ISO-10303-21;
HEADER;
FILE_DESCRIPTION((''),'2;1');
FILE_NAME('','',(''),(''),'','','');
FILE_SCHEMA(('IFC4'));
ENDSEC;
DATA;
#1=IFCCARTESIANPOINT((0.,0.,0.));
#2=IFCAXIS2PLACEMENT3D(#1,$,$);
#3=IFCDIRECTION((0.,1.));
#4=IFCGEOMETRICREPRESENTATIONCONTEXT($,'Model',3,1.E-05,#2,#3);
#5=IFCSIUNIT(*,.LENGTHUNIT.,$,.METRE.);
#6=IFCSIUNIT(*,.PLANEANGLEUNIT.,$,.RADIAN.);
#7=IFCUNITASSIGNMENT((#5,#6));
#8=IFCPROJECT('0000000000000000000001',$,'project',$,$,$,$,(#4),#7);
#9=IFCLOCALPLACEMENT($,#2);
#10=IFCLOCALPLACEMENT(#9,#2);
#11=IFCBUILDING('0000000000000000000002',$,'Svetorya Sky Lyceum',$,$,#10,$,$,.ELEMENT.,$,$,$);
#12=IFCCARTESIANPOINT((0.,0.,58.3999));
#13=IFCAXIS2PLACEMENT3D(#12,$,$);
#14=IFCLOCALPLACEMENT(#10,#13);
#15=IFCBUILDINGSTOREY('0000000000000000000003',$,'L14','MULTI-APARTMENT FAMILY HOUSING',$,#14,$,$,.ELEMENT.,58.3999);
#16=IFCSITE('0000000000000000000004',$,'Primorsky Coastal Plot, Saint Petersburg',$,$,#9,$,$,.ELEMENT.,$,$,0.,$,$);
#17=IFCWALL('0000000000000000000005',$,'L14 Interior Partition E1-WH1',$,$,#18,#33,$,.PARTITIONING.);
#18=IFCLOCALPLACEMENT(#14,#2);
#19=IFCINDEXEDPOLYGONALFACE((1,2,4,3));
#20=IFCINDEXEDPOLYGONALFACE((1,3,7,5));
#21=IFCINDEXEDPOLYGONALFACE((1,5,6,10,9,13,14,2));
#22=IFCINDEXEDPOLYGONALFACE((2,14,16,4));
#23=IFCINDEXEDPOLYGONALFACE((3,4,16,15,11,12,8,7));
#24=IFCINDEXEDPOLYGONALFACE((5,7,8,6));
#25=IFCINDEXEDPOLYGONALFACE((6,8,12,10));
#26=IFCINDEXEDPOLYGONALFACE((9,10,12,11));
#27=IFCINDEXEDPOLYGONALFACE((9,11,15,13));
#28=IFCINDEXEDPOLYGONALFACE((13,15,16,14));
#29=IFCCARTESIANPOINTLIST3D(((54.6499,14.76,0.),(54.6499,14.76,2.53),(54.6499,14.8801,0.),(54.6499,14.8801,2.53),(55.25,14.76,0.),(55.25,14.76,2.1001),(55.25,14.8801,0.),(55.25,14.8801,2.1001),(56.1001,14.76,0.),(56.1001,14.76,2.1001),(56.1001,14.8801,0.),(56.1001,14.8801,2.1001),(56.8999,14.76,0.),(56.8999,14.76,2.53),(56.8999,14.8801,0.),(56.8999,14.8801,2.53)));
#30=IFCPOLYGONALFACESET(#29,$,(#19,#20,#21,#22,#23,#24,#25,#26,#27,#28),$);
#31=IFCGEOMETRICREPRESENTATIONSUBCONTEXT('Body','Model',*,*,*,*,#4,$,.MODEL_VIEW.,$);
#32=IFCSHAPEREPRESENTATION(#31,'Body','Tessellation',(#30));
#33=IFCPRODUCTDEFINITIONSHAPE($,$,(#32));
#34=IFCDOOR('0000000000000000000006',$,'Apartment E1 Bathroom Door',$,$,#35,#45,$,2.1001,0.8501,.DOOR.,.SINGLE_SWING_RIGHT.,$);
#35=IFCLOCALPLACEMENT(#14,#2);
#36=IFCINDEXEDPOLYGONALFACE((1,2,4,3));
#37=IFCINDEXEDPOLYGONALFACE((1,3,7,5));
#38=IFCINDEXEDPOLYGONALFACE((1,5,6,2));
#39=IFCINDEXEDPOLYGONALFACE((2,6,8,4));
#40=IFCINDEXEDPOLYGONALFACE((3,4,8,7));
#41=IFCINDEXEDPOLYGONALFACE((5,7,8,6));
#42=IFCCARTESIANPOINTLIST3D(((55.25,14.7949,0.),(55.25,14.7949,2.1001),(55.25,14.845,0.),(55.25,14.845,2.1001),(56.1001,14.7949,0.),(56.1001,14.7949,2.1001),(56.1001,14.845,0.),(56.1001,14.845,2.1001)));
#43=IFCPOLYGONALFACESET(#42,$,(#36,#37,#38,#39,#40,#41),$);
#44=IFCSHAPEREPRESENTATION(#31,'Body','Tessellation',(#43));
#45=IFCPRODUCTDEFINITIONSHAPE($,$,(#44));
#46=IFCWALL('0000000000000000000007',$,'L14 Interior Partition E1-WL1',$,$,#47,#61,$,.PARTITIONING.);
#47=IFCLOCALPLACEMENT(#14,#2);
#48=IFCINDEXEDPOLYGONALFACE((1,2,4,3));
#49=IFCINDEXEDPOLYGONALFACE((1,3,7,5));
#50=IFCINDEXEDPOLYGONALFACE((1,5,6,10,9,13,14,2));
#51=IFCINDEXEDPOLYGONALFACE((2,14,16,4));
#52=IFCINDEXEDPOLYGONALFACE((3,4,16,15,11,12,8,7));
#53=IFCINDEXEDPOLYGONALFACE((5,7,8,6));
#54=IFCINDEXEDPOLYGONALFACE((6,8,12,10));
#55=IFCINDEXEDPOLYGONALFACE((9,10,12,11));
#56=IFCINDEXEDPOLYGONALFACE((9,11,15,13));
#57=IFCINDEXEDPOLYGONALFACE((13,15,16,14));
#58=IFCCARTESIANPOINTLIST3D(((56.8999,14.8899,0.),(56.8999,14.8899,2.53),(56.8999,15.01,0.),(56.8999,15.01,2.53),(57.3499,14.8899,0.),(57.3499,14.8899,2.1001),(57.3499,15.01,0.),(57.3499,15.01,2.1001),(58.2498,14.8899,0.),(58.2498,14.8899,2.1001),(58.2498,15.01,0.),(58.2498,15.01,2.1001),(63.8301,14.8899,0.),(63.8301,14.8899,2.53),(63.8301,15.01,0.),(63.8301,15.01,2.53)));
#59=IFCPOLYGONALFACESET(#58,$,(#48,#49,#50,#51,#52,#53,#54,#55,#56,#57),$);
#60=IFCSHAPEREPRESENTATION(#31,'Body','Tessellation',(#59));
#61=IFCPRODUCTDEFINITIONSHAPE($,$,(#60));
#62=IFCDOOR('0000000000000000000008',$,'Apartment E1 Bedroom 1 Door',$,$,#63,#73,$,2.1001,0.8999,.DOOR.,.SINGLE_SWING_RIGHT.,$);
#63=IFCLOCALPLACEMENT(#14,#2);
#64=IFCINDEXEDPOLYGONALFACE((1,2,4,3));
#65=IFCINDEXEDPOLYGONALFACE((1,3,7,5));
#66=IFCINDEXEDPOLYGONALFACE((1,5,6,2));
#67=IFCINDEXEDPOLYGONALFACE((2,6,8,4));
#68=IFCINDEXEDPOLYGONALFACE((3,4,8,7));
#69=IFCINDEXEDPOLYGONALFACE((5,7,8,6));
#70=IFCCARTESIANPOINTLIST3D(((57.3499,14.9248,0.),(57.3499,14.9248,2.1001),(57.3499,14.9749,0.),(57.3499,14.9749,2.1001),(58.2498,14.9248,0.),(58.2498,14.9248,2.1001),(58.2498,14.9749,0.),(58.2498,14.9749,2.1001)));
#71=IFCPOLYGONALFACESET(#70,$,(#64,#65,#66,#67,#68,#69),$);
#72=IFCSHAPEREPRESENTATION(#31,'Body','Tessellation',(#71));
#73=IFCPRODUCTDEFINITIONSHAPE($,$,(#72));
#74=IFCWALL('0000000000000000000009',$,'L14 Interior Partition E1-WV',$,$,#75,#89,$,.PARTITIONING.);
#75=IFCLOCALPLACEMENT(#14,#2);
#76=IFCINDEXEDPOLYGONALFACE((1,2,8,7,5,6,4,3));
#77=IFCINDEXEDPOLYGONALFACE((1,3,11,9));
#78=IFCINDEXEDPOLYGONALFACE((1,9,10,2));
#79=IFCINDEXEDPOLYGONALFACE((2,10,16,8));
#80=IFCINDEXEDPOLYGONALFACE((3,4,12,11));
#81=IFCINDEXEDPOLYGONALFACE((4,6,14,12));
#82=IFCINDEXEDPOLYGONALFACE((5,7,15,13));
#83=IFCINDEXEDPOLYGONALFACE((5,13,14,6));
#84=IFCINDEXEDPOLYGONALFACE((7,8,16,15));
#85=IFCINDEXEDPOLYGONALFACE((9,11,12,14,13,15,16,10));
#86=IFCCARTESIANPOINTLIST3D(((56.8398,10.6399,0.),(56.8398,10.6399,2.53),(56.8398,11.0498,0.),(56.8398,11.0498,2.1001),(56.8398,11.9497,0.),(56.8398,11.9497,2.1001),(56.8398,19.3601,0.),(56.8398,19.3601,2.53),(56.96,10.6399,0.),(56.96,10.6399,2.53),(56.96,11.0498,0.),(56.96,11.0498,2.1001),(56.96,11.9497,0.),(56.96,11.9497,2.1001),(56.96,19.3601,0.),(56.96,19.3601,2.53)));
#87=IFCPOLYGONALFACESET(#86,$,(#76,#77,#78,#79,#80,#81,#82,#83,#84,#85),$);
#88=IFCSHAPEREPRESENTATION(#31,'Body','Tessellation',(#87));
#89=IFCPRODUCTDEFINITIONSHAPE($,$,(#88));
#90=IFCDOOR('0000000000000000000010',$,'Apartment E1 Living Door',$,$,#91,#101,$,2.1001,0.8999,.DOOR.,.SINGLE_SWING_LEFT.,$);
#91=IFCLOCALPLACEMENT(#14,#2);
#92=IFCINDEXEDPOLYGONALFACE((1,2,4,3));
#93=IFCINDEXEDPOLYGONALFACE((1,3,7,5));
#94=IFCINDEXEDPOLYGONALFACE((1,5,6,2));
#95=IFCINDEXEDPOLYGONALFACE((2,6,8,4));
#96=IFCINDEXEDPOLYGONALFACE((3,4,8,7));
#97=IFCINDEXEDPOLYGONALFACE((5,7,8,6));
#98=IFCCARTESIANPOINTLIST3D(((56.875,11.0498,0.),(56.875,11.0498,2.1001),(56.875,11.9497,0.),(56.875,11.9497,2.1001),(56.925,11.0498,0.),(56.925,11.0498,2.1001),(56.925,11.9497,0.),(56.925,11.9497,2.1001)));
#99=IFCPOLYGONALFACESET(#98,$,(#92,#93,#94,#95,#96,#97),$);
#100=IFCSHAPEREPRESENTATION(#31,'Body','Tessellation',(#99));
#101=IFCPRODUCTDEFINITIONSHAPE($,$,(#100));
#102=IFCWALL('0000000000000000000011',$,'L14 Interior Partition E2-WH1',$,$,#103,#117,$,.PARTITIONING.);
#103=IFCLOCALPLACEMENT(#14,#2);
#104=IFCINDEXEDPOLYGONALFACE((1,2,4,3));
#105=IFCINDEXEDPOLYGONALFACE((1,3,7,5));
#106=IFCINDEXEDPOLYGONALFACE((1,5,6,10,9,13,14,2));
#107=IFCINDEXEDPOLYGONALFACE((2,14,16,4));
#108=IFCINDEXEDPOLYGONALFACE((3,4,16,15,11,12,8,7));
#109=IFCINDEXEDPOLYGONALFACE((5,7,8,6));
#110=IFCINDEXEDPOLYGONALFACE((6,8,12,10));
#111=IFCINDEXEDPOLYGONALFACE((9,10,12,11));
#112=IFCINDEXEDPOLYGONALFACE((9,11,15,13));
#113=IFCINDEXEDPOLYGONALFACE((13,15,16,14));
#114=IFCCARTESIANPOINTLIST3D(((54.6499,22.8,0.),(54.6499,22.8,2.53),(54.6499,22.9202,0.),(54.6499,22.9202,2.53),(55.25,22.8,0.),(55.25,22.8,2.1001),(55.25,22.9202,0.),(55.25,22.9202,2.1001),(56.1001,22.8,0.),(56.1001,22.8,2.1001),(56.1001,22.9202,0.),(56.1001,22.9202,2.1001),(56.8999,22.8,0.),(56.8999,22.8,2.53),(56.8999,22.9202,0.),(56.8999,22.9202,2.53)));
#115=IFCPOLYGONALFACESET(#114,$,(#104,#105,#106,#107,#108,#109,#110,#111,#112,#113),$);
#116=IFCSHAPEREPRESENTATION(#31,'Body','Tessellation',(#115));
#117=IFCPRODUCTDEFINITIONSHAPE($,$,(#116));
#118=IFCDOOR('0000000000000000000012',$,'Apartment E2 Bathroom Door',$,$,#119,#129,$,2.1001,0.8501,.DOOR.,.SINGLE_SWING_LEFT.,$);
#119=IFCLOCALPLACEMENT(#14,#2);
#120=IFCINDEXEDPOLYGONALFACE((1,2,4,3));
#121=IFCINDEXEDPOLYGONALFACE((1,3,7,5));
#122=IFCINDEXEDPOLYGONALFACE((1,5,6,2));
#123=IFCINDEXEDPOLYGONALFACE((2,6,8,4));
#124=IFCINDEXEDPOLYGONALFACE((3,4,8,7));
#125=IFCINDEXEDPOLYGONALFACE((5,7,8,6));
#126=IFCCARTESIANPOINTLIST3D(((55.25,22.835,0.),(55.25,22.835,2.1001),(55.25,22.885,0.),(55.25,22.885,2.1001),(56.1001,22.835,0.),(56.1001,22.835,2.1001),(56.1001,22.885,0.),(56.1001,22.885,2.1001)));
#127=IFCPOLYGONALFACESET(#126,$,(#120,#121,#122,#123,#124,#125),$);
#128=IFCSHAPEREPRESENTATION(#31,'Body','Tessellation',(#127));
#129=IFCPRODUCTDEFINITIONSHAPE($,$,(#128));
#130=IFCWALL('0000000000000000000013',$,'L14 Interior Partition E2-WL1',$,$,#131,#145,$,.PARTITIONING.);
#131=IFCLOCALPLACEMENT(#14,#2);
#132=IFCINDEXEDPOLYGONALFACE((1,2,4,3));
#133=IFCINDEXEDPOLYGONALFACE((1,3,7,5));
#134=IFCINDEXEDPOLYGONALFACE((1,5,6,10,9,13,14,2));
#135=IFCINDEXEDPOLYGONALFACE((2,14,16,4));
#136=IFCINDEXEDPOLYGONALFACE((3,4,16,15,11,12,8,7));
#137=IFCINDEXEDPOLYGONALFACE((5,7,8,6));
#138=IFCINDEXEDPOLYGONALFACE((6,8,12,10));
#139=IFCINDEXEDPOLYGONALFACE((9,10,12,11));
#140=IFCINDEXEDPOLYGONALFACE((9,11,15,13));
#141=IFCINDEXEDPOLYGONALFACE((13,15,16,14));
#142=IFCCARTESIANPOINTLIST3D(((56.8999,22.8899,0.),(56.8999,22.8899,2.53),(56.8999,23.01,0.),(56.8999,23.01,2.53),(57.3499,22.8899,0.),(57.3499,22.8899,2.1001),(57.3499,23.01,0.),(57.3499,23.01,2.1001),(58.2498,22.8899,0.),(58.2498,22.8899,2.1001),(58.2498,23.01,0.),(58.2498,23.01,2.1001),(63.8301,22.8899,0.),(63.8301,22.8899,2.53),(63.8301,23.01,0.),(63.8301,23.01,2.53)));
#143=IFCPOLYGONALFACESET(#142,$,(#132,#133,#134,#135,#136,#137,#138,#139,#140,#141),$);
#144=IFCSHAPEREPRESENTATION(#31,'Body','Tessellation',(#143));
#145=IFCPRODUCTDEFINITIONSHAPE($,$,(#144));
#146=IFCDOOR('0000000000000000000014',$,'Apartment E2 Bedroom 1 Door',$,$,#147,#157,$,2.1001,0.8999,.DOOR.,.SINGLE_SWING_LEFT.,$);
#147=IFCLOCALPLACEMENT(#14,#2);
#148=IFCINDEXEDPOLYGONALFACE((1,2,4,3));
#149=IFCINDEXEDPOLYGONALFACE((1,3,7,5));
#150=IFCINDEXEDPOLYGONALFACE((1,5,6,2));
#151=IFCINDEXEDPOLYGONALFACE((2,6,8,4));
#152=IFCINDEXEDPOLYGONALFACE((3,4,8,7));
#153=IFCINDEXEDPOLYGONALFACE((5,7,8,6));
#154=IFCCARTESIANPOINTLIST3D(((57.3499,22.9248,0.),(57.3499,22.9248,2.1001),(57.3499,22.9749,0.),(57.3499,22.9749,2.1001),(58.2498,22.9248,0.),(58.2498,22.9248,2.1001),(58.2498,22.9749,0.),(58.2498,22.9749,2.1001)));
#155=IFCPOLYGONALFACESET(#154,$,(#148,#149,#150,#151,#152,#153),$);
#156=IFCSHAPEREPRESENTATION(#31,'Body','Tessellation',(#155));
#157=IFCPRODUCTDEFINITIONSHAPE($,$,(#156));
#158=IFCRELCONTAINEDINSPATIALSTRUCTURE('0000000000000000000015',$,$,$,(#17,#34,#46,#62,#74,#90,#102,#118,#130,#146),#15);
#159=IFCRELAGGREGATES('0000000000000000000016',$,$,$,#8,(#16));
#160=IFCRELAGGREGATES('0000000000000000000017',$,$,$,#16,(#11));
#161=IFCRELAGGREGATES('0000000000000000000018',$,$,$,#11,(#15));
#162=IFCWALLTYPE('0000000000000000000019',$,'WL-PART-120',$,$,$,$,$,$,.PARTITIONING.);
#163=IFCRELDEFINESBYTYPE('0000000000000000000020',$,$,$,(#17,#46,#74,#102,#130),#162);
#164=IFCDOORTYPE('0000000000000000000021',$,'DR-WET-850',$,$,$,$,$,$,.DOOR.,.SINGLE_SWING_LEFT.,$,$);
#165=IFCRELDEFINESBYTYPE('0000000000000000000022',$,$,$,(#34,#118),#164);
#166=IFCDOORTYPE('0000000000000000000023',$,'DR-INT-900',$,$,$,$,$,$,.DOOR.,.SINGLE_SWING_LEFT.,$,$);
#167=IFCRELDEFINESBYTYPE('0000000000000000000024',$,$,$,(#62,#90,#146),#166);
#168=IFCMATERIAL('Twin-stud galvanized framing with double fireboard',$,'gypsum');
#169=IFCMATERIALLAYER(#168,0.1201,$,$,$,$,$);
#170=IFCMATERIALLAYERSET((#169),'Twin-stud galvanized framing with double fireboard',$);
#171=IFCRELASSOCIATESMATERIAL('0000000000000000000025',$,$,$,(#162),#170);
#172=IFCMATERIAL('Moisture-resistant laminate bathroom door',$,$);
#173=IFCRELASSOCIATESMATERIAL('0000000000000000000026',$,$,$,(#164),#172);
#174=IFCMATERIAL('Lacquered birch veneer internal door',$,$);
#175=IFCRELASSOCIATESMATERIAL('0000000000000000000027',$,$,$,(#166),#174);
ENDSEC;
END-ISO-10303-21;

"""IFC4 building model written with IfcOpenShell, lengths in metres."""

from ifc_helpers import new_model, si_unit, direction, frame, frame_2d, origin, place, context, subcontext, project, spatial, rectangle, extrude, material, layer, layer_set, type_object, element, fill, save


model = new_model("IFC4")

# Units and contexts
model_context = context("Model", 3, precision=1e-05, world=origin(), true_north=direction((0.0, 1.0)))
body_context = subcontext(model_context, "Body", "Model", "MODEL_VIEW")
ifc_project = project(units=[si_unit("LENGTHUNIT", "METRE"), si_unit("PLANEANGLEUNIT", "RADIAN")], contexts=[model_context])

# Site, building, storey
site_placement = place(None, origin())
site = spatial("IfcSite", under=ifc_project, at=site_placement, Name="Primorsky Coastal Plot, Saint Petersburg", CompositionType="ELEMENT", RefElevation=0.0)
building_placement = place(site_placement, origin())
building = spatial("IfcBuilding", under=site, at=building_placement, Name="Svetorya Sky Lyceum", CompositionType="ELEMENT")
storey_placement = place(building_placement, frame((0.0, 0.0, 58.3999)))
storey = spatial("IfcBuildingStorey", under=building, at=storey_placement, Name="L14", Description="MULTI-APARTMENT FAMILY HOUSING", CompositionType="ELEMENT", Elevation=58.3999)

# Walls, openings, doors
ifc_material_1 = material(Name="Twin-stud galvanized framing with double fireboard", Category="gypsum")
ifc_layer_1 = layer(ifc_material_1, 0.1201)
ifc_layer_set_1 = layer_set([ifc_layer_1], Name="Twin-stud galvanized framing with double fireboard")
wall_type_1 = type_object("IfcWallType", Name="WL-PART-120", PredefinedType="PARTITIONING", material=ifc_layer_set_1)
wall_1_placement = place(storey_placement, frame((54.6499, 14.8201, 0.0), z_axis=(0.0, 0.0, 1.0), x_axis=(1.0, 0.0, 0.0)))
wall_1 = element("IfcWall", 1, at=wall_1_placement, inside=storey, type_object=wall_type_1, Name="L14 Interior Partition E1-WH1", PredefinedType="PARTITIONING", context=body_context, shape_type="SweptSolid", body=[
    extrude(rectangle(XDim=2.25, YDim=0.1201, at=frame_2d((1.125, 0.0))), origin(), (0.0, 0.0, 1.0), 2.53),
])
opening_1_placement = place(wall_1_placement, frame((0.6001, 0.0, 0.0)))
opening_1 = element("IfcOpeningElement", 2, at=opening_1_placement, cuts=wall_1, PredefinedType="OPENING", context=body_context, shape_type="SweptSolid", body=[
    extrude(rectangle(XDim=0.8501, YDim=2.1001, at=frame_2d((0.425, 1.05))), frame((0.0, 0.0701, 0.0), z_axis=(0.0, -1.0, 0.0), x_axis=(1.0, 0.0, 0.0)), (0.0, 0.0, 1.0), 0.1401),
])
ifc_material_2 = material(Name="Moisture-resistant laminate bathroom door")
door_type_1 = type_object("IfcDoorType", Name="DR-WET-850", OperationType="SINGLE_SWING_LEFT", PredefinedType="DOOR", material=ifc_material_2)
door_1_placement = place(opening_1_placement, origin())
door_1 = element("IfcDoor", 3, at=door_1_placement, inside=storey, type_object=door_type_1, Name="Apartment E1 Bathroom Door", OperationType="SINGLE_SWING_RIGHT", OverallHeight=2.1001, OverallWidth=0.8501, PredefinedType="DOOR", context=body_context, shape_type="SweptSolid", body=[
    extrude(rectangle(XDim=0.8501, YDim=2.1001, at=frame_2d((0.425, 1.05))), frame((0.0, 0.0249, 0.0), z_axis=(0.0, -1.0, 0.0), x_axis=(1.0, 0.0, 0.0)), (0.0, 0.0, 1.0), 0.05),
])
fill(opening_1, door_1)
wall_2_placement = place(storey_placement, frame((56.8999, 14.95, 0.0), z_axis=(0.0, 0.0, 1.0), x_axis=(1.0, 0.0, 0.0)))
wall_2 = element("IfcWall", 4, at=wall_2_placement, inside=storey, type_object=wall_type_1, Name="L14 Interior Partition E1-WL1", PredefinedType="PARTITIONING", context=body_context, shape_type="SweptSolid", body=[
    extrude(rectangle(XDim=6.9302, YDim=0.1201, at=frame_2d((3.4651, 0.0))), origin(), (0.0, 0.0, 1.0), 2.53),
])
opening_2_placement = place(wall_2_placement, frame((0.45, 0.0, 0.0)))
opening_2 = element("IfcOpeningElement", 5, at=opening_2_placement, cuts=wall_2, PredefinedType="OPENING", context=body_context, shape_type="SweptSolid", body=[
    extrude(rectangle(XDim=0.8999, YDim=2.1001, at=frame_2d((0.45, 1.05))), frame((0.0, 0.0701, 0.0), z_axis=(0.0, -1.0, 0.0), x_axis=(1.0, 0.0, 0.0)), (0.0, 0.0, 1.0), 0.1401),
])
ifc_material_3 = material(Name="Lacquered birch veneer internal door")
door_type_2 = type_object("IfcDoorType", Name="DR-INT-900", OperationType="SINGLE_SWING_LEFT", PredefinedType="DOOR", material=ifc_material_3)
door_2_placement = place(opening_2_placement, origin())
door_2 = element("IfcDoor", 6, at=door_2_placement, inside=storey, type_object=door_type_2, Name="Apartment E1 Bedroom 1 Door", OperationType="SINGLE_SWING_RIGHT", OverallHeight=2.1001, OverallWidth=0.8999, PredefinedType="DOOR", context=body_context, shape_type="SweptSolid", body=[
    extrude(rectangle(XDim=0.8999, YDim=2.1001, at=frame_2d((0.45, 1.05))), frame((0.0, 0.0249, 0.0), z_axis=(0.0, -1.0, 0.0), x_axis=(1.0, 0.0, 0.0)), (0.0, 0.0, 1.0), 0.05),
])
fill(opening_2, door_2)
wall_3_placement = place(storey_placement, frame((56.8999, 10.6399, 0.0), z_axis=(0.0, 0.0, 1.0), x_axis=(0.0, 1.0, 0.0)))
wall_3 = element("IfcWall", 7, at=wall_3_placement, inside=storey, type_object=wall_type_1, Name="L14 Interior Partition E1-WV", PredefinedType="PARTITIONING", context=body_context, shape_type="SweptSolid", body=[
    extrude(rectangle(XDim=8.7202, YDim=0.1201, at=frame_2d((4.3601, 0.0))), origin(), (0.0, 0.0, 1.0), 2.53),
])
opening_3_placement = place(wall_3_placement, frame((0.4099, 0.0, 0.0)))
opening_3 = element("IfcOpeningElement", 8, at=opening_3_placement, cuts=wall_3, PredefinedType="OPENING", context=body_context, shape_type="SweptSolid", body=[
    extrude(rectangle(XDim=0.8999, YDim=2.1001, at=frame_2d((0.45, 1.05))), frame((0.0, 0.0701, 0.0), z_axis=(0.0, -1.0, 0.0), x_axis=(1.0, 0.0, 0.0)), (0.0, 0.0, 1.0), 0.1401),
])
door_3_placement = place(opening_3_placement, origin())
door_3 = element("IfcDoor", 9, at=door_3_placement, inside=storey, type_object=door_type_2, Name="Apartment E1 Living Door", OperationType="SINGLE_SWING_LEFT", OverallHeight=2.1001, OverallWidth=0.8999, PredefinedType="DOOR", context=body_context, shape_type="SweptSolid", body=[
    extrude(rectangle(XDim=0.8999, YDim=2.1001, at=frame_2d((0.45, 1.05))), frame((0.0, 0.0249, 0.0), z_axis=(0.0, -1.0, 0.0), x_axis=(1.0, 0.0, 0.0)), (0.0, 0.0, 1.0), 0.05),
])
fill(opening_3, door_3)
wall_4_placement = place(storey_placement, frame((54.6499, 22.8601, 0.0), z_axis=(0.0, 0.0, 1.0), x_axis=(1.0, 0.0, 0.0)))
wall_4 = element("IfcWall", 10, at=wall_4_placement, inside=storey, type_object=wall_type_1, Name="L14 Interior Partition E2-WH1", PredefinedType="PARTITIONING", context=body_context, shape_type="SweptSolid", body=[
    extrude(rectangle(XDim=2.25, YDim=0.1201, at=frame_2d((1.125, 0.0))), origin(), (0.0, 0.0, 1.0), 2.53),
])
opening_4_placement = place(wall_4_placement, frame((0.6001, 0.0, 0.0)))
opening_4 = element("IfcOpeningElement", 11, at=opening_4_placement, cuts=wall_4, PredefinedType="OPENING", context=body_context, shape_type="SweptSolid", body=[
    extrude(rectangle(XDim=0.8501, YDim=2.1001, at=frame_2d((0.425, 1.05))), frame((0.0, 0.0701, 0.0), z_axis=(0.0, -1.0, 0.0), x_axis=(1.0, 0.0, 0.0)), (0.0, 0.0, 1.0), 0.1401),
])
door_4_placement = place(opening_4_placement, origin())
door_4 = element("IfcDoor", 12, at=door_4_placement, inside=storey, type_object=door_type_1, Name="Apartment E2 Bathroom Door", OperationType="SINGLE_SWING_LEFT", OverallHeight=2.1001, OverallWidth=0.8501, PredefinedType="DOOR", context=body_context, shape_type="SweptSolid", body=[
    extrude(rectangle(XDim=0.8501, YDim=2.1001, at=frame_2d((0.425, 1.05))), frame((0.0, 0.0249, 0.0), z_axis=(0.0, -1.0, 0.0), x_axis=(1.0, 0.0, 0.0)), (0.0, 0.0, 1.0), 0.05),
])
fill(opening_4, door_4)
wall_5_placement = place(storey_placement, frame((56.8999, 22.95, 0.0), z_axis=(0.0, 0.0, 1.0), x_axis=(1.0, 0.0, 0.0)))
wall_5 = element("IfcWall", 13, at=wall_5_placement, inside=storey, type_object=wall_type_1, Name="L14 Interior Partition E2-WL1", PredefinedType="PARTITIONING", context=body_context, shape_type="SweptSolid", body=[
    extrude(rectangle(XDim=6.9302, YDim=0.1201, at=frame_2d((3.4651, 0.0))), origin(), (0.0, 0.0, 1.0), 2.53),
])
opening_5_placement = place(wall_5_placement, frame((0.45, 0.0, 0.0)))
opening_5 = element("IfcOpeningElement", 14, at=opening_5_placement, cuts=wall_5, PredefinedType="OPENING", context=body_context, shape_type="SweptSolid", body=[
    extrude(rectangle(XDim=0.8999, YDim=2.1001, at=frame_2d((0.45, 1.05))), frame((0.0, 0.0701, 0.0), z_axis=(0.0, -1.0, 0.0), x_axis=(1.0, 0.0, 0.0)), (0.0, 0.0, 1.0), 0.1401),
])
door_5_placement = place(opening_5_placement, origin())
door_5 = element("IfcDoor", 15, at=door_5_placement, inside=storey, type_object=door_type_2, Name="Apartment E2 Bedroom 1 Door", OperationType="SINGLE_SWING_LEFT", OverallHeight=2.1001, OverallWidth=0.8999, PredefinedType="DOOR", context=body_context, shape_type="SweptSolid", body=[
    extrude(rectangle(XDim=0.8999, YDim=2.1001, at=frame_2d((0.45, 1.05))), frame((0.0, 0.0249, 0.0), z_axis=(0.0, -1.0, 0.0), x_axis=(1.0, 0.0, 0.0)), (0.0, 0.0, 1.0), 0.05),
])
fill(opening_5, door_5)

save(model, "model.ifc")
